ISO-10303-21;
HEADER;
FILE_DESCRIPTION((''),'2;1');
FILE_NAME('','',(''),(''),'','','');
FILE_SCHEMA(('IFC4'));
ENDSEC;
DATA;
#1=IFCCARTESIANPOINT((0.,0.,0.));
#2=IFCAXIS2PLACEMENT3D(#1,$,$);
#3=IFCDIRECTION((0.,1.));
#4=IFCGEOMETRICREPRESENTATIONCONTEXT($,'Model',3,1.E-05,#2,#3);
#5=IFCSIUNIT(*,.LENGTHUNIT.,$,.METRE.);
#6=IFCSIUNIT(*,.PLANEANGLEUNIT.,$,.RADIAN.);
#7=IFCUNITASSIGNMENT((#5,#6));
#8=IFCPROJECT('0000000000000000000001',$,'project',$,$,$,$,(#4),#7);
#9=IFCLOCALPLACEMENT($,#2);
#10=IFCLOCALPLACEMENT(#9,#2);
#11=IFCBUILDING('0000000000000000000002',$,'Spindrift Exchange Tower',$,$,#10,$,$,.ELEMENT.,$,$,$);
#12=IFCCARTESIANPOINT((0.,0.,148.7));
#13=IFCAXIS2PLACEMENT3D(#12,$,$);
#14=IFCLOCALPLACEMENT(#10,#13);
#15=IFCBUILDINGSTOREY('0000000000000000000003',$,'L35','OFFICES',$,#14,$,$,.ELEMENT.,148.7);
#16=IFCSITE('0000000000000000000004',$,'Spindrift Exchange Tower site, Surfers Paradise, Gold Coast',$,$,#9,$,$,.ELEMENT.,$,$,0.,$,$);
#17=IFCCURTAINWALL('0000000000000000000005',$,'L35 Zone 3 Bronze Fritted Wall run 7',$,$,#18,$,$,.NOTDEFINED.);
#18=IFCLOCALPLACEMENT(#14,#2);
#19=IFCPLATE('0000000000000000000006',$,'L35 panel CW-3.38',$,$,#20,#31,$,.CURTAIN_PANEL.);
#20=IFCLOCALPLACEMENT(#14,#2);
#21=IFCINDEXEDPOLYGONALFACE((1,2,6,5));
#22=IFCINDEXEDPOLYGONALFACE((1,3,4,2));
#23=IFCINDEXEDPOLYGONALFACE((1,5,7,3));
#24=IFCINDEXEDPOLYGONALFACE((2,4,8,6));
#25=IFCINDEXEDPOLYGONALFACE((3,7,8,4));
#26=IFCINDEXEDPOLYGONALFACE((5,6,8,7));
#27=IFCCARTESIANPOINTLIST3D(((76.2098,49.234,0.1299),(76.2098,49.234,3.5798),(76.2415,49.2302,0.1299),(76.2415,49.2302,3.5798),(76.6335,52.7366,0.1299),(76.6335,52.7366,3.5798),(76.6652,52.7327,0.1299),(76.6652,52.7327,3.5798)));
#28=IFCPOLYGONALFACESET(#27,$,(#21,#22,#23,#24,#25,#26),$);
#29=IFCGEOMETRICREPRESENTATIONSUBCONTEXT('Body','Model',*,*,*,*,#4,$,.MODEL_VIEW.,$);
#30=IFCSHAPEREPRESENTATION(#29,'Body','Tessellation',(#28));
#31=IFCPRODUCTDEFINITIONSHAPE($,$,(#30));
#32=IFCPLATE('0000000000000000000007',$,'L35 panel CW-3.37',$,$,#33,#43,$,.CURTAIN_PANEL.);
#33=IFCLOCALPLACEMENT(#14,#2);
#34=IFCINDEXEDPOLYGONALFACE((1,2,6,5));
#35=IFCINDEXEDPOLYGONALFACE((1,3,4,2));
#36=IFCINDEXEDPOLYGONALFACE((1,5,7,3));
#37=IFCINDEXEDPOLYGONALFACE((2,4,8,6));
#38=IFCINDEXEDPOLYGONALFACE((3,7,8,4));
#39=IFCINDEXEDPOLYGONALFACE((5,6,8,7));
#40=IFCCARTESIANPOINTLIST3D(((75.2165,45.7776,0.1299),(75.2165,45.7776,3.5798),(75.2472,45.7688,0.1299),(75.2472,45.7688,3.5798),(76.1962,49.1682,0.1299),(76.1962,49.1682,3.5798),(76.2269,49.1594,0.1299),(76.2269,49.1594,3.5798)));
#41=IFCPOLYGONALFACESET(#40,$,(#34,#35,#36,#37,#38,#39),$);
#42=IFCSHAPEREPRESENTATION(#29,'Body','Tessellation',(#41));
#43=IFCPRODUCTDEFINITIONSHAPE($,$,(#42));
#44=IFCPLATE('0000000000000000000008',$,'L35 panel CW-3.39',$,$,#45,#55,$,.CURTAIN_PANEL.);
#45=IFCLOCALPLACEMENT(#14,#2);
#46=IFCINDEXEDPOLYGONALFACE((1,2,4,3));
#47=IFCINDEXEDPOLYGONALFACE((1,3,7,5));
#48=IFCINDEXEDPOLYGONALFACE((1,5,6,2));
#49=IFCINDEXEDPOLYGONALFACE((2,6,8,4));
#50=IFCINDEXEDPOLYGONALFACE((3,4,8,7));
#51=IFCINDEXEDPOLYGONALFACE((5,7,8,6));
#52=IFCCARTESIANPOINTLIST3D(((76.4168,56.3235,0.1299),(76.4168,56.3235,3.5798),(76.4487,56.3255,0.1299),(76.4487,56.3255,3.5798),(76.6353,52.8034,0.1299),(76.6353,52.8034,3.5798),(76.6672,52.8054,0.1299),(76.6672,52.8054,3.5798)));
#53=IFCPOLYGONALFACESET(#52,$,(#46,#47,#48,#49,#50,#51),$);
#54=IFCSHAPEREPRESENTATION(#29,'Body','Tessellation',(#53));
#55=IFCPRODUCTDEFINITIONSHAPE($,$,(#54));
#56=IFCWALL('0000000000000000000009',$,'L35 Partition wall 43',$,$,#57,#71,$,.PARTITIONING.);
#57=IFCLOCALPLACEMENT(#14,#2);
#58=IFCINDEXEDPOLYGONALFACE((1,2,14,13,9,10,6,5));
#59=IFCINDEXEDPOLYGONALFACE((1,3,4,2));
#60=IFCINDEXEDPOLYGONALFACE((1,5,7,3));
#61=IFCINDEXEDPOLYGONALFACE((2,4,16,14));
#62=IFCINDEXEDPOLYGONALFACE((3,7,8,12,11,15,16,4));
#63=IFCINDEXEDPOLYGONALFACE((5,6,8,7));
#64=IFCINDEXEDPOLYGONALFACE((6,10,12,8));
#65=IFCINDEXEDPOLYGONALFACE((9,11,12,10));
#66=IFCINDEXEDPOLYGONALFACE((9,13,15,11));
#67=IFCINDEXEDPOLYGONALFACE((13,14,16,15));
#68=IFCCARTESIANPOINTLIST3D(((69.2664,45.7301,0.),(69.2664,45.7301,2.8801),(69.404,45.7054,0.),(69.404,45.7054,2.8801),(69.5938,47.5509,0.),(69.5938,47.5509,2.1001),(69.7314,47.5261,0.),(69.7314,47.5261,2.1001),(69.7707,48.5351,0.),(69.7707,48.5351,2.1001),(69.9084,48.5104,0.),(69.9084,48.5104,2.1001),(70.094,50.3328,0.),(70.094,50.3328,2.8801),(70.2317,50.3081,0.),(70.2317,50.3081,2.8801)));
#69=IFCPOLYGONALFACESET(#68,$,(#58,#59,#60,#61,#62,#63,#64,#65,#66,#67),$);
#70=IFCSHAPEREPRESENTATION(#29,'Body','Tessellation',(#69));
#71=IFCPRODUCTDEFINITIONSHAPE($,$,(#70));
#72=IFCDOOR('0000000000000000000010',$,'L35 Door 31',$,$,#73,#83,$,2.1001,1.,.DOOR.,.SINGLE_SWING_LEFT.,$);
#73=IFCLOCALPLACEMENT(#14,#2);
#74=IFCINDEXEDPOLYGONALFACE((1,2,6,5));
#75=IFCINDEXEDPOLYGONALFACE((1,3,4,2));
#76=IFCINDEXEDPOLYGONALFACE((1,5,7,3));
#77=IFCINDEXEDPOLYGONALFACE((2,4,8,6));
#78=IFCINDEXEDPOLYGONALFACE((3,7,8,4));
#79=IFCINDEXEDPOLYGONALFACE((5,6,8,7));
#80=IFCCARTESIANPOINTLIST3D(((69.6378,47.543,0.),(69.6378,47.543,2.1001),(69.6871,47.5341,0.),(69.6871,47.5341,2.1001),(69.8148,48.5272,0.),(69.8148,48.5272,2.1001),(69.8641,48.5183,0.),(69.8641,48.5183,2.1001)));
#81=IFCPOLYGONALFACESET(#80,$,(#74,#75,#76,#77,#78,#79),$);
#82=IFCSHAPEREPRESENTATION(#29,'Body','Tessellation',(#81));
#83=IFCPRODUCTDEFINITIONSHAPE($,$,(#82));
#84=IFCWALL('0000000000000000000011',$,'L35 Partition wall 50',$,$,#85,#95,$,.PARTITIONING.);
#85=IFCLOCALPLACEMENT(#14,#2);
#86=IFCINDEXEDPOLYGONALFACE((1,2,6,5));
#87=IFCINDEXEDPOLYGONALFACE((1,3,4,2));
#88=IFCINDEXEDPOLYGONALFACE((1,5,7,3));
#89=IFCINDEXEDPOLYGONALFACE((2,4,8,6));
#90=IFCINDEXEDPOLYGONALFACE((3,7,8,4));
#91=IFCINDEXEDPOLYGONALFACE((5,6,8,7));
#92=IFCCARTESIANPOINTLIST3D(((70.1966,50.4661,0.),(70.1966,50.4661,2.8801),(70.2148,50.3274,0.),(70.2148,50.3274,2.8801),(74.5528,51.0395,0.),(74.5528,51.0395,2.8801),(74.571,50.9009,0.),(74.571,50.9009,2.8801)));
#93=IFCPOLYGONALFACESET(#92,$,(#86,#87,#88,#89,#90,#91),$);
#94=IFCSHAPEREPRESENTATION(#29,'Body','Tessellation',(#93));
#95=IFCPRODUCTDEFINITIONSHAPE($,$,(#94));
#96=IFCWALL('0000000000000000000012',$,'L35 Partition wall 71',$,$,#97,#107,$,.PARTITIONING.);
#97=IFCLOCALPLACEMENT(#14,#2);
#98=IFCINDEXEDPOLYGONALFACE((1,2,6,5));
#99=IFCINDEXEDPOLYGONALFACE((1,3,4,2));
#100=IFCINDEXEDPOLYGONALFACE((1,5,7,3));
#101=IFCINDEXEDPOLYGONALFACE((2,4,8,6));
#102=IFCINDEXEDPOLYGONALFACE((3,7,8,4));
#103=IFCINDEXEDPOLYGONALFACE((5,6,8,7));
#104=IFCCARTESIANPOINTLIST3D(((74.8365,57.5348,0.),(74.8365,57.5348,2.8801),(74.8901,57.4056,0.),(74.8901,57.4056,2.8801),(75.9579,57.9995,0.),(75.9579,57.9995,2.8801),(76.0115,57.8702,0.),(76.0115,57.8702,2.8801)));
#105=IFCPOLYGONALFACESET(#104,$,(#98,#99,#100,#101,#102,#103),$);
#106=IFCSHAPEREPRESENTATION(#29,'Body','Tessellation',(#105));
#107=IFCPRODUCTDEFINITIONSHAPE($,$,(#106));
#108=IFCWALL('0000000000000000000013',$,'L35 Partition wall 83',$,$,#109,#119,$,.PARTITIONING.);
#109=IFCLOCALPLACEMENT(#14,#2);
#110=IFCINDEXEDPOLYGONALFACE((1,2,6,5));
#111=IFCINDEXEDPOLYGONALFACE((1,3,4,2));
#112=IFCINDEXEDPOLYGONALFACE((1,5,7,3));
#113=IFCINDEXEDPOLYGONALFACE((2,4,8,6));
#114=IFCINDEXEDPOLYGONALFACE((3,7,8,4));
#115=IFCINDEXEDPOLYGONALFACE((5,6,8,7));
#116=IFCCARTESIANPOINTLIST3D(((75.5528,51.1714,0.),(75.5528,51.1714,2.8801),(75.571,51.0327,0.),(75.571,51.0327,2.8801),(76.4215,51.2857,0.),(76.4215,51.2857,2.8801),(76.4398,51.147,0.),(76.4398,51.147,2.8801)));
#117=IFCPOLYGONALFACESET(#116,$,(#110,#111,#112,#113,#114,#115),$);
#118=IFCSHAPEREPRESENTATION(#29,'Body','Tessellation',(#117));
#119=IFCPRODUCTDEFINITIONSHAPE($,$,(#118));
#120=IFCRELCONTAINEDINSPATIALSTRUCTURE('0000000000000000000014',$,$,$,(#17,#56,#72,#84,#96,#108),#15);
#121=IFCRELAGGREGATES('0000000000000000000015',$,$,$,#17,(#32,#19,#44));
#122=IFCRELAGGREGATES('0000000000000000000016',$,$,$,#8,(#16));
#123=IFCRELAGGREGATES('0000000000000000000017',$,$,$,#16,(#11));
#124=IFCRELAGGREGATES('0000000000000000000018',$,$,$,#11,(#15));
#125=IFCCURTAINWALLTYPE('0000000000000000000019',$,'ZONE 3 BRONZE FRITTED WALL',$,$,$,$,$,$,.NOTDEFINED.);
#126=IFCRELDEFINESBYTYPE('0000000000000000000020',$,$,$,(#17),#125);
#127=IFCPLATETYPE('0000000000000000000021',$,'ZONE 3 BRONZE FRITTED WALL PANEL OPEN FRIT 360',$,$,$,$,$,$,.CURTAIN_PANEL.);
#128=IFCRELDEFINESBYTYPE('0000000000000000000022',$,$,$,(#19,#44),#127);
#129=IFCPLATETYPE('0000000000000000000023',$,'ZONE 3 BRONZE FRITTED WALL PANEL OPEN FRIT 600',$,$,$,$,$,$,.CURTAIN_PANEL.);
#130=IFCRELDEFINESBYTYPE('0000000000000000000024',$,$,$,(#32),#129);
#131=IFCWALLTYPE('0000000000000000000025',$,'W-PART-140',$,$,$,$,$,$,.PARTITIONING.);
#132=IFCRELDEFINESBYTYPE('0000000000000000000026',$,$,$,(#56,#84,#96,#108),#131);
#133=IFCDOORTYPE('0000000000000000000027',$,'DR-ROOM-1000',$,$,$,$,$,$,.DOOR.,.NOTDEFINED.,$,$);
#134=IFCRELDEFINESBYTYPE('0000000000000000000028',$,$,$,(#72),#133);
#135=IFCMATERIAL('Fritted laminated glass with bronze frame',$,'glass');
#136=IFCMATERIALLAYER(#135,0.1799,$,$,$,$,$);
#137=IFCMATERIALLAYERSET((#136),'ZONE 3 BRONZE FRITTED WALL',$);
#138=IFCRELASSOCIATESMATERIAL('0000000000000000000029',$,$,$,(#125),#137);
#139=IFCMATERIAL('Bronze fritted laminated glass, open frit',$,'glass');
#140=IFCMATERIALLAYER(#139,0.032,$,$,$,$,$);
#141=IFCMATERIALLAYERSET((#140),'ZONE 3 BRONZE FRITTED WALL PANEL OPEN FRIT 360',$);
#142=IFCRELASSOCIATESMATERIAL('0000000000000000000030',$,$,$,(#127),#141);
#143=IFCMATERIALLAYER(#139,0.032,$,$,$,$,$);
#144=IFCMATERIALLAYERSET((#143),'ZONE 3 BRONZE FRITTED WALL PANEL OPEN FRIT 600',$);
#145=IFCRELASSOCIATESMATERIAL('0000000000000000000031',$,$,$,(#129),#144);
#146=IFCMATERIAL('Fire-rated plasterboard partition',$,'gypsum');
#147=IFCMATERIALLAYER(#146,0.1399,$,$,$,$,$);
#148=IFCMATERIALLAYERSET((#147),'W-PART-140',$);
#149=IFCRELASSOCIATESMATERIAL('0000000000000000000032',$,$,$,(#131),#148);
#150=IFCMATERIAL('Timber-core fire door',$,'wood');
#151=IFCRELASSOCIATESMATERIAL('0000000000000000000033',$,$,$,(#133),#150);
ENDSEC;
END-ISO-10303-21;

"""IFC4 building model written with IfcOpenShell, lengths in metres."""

from ifc_helpers import new_model, si_unit, direction, frame, frame_2d, origin, origin_2d, place, context, subcontext, project, spatial, rectangle, extrude, source, transform, mapped, material, layer, layer_set, type_object, element, fill, aggregate, save


model = new_model("IFC4")

# Units and contexts
model_context = context("Model", 3, precision=1e-05, world=origin(), true_north=direction((0.0, 1.0)))
body_context = subcontext(model_context, "Body", "Model", "MODEL_VIEW")
ifc_project = project(units=[si_unit("LENGTHUNIT", "METRE"), si_unit("PLANEANGLEUNIT", "RADIAN")], contexts=[model_context])

# Site, building, storey
site_placement = place(None, origin())
site = spatial("IfcSite", under=ifc_project, at=site_placement, Name="Spindrift Exchange Tower site, Surfers Paradise, Gold Coast", CompositionType="ELEMENT", RefElevation=0.0)
building_placement = place(site_placement, origin())
building = spatial("IfcBuilding", under=site, at=building_placement, Name="Spindrift Exchange Tower", CompositionType="ELEMENT")
storey_placement = place(building_placement, frame((0.0, 0.0, 148.7)))
storey = spatial("IfcBuildingStorey", under=building, at=storey_placement, Name="L35", Description="OFFICES", CompositionType="ELEMENT", Elevation=148.7)

# Curtain wall, plates
ifc_material_1 = material(Name="Fritted laminated glass with bronze frame", Category="glass")
ifc_layer_1 = layer(ifc_material_1, 0.1799)
ifc_layer_set_1 = layer_set([ifc_layer_1], Name="ZONE 3 BRONZE FRITTED WALL")
curtain_wall_type = type_object("IfcCurtainWallType", Name="ZONE 3 BRONZE FRITTED WALL", PredefinedType="NOTDEFINED", material=ifc_layer_set_1)
curtain_wall_placement = place(storey_placement, origin())
curtain_wall = element("IfcCurtainWall", 1, at=curtain_wall_placement, inside=storey, type_object=curtain_wall_type, Name="L35 Zone 3 Bronze Fritted Wall run 7", PredefinedType="NOTDEFINED")
ifc_material_2 = material(Name="Bronze fritted laminated glass, open frit", Category="glass")
ifc_layer_2 = layer(ifc_material_2, 0.032)
ifc_layer_set_2 = layer_set([ifc_layer_2], Name="ZONE 3 BRONZE FRITTED WALL PANEL OPEN FRIT 360")
plate_type_1 = type_object("IfcPlateType", Name="ZONE 3 BRONZE FRITTED WALL PANEL OPEN FRIT 360", PredefinedType="CURTAIN_PANEL", material=ifc_layer_set_2)
shared_shape_1 = source(origin(), body_context, "Body", "SweptSolid", [
    extrude(rectangle(XDim=3.5281, YDim=0.032, at=origin_2d()), origin(), (0.0, 0.0, 1.0), 3.45),
])
plate_1_placement = place(storey_placement, frame((76.4375, 50.9834, 0.1299), z_axis=(0.0, 0.0, 1.0), x_axis=(0.12009, 0.992763, 0.0)))
plate_1 = element("IfcPlate", 2, at=plate_1_placement, type_object=plate_type_1, Name="L35 panel CW-3.38", PredefinedType="CURTAIN_PANEL", context=body_context, shape_type="MappedRepresentation", body=[
    mapped(shared_shape_1, transform((0.0, 0.0, 0.0), scale=1.0)),
])
ifc_layer_3 = layer(ifc_material_2, 0.032)
ifc_layer_set_3 = layer_set([ifc_layer_3], Name="ZONE 3 BRONZE FRITTED WALL PANEL OPEN FRIT 600")
plate_type_2 = type_object("IfcPlateType", Name="ZONE 3 BRONZE FRITTED WALL PANEL OPEN FRIT 600", PredefinedType="CURTAIN_PANEL", material=ifc_layer_set_3)
shared_shape_2 = source(origin(), body_context, "Body", "SweptSolid", [
    extrude(rectangle(XDim=3.5293, YDim=0.032, at=origin_2d()), origin(), (0.0, 0.0, 1.0), 3.45),
])
plate_2_placement = place(storey_placement, frame((75.7217, 47.4685, 0.1299), z_axis=(0.0, 0.0, 1.0), x_axis=(0.277593, 0.960699, 0.0)))
plate_2 = element("IfcPlate", 3, at=plate_2_placement, type_object=plate_type_2, Name="L35 panel CW-3.37", PredefinedType="CURTAIN_PANEL", context=body_context, shape_type="MappedRepresentation", body=[
    mapped(shared_shape_2, transform((0.0, 0.0, 0.0), scale=1.0)),
])
shared_shape_3 = source(origin(), body_context, "Body", "SweptSolid", [
    extrude(rectangle(XDim=3.5269, YDim=0.032, at=origin_2d()), origin(), (0.0, 0.0, 1.0), 3.45),
])
plate_3_placement = place(storey_placement, frame((76.542, 54.5645, 0.1299), z_axis=(0.0, 0.0, 1.0), x_axis=(-0.061942, 0.99808, 0.0)))
plate_3 = element("IfcPlate", 4, at=plate_3_placement, type_object=plate_type_1, Name="L35 panel CW-3.39", PredefinedType="CURTAIN_PANEL", context=body_context, shape_type="MappedRepresentation", body=[
    mapped(shared_shape_3, transform((0.0, 0.0, 0.0), scale=1.0)),
])
aggregate(curtain_wall, [plate_2, plate_1, plate_3])

# Wall, opening, door
ifc_material_3 = material(Name="Fire-rated plasterboard partition", Category="gypsum")
ifc_layer_4 = layer(ifc_material_3, 0.1399)
ifc_layer_set_4 = layer_set([ifc_layer_4], Name="W-PART-140")
wall_type = type_object("IfcWallType", Name="W-PART-140", PredefinedType="PARTITIONING", material=ifc_layer_set_4)
wall_1_placement = place(storey_placement, frame((70.1628, 50.3206, 0.0), z_axis=(0.0, 0.0, 1.0), x_axis=(-0.176974, -0.984216, 0.0)))
wall_1 = element("IfcWall", 5, at=wall_1_placement, inside=storey, type_object=wall_type, Name="L35 Partition wall 43", PredefinedType="PARTITIONING", context=body_context, shape_type="SweptSolid", body=[
    extrude(rectangle(XDim=4.6765, YDim=0.1399, at=frame_2d((2.3384, 0.0))), origin(), (0.0, 0.0, 1.0), 2.8801),
])
opening_placement = place(wall_1_placement, frame((1.8267, 0.0, 0.0)))
opening = element("IfcOpeningElement", 6, at=opening_placement, cuts=wall_1, PredefinedType="OPENING", context=body_context, shape_type="SweptSolid", body=[
    extrude(rectangle(XDim=1.0, YDim=2.1001, at=frame_2d((0.5, 1.05))), frame((0.0, 0.0798, 0.0), z_axis=(0.0, -1.0, 0.0), x_axis=(1.0, 0.0, 0.0)), (0.0, 0.0, 1.0), 0.1599),
])
ifc_material_4 = material(Name="Timber-core fire door", Category="wood")
door_type = type_object("IfcDoorType", Name="DR-ROOM-1000", OperationType="NOTDEFINED", PredefinedType="DOOR", material=ifc_material_4)
shared_shape_4 = source(origin(), body_context, "Body", "SweptSolid", [
    extrude(rectangle(XDim=1.0, YDim=2.1001, at=frame_2d((0.5, 1.05))), frame((0.0, 0.0249, 0.0), z_axis=(0.0, -1.0, 0.0), x_axis=(1.0, 0.0, 0.0)), (0.0, 0.0, 1.0), 0.05),
])
door_placement = place(opening_placement, origin())
door = element("IfcDoor", 7, at=door_placement, inside=storey, type_object=door_type, Name="L35 Door 31", OperationType="SINGLE_SWING_LEFT", OverallHeight=2.1001, OverallWidth=1.0, PredefinedType="DOOR", context=body_context, shape_type="MappedRepresentation", body=[
    mapped(shared_shape_4, transform((0.0, 0.0, 0.0), scale=1.0)),
])
fill(opening, door)

# Walls
wall_2_placement = place(storey_placement, frame((70.2058, 50.3967, 0.0), z_axis=(0.0, 0.0, 1.0), x_axis=(0.991445, 0.130522, 0.0)))
element("IfcWall", 8, at=wall_2_placement, inside=storey, type_object=wall_type, Name="L35 Partition wall 50", PredefinedType="PARTITIONING", context=body_context, shape_type="SweptSolid", body=[
    extrude(rectangle(XDim=4.3938, YDim=0.1399, at=frame_2d((2.1968, 0.0))), origin(), (0.0, 0.0, 1.0), 2.8801),
])
wall_3_placement = place(storey_placement, frame((74.8633, 57.4702, 0.0), z_axis=(0.0, 0.0, 1.0), x_axis=(0.923843, 0.382772, 0.0)))
element("IfcWall", 9, at=wall_3_placement, inside=storey, type_object=wall_type, Name="L35 Partition wall 71", PredefinedType="PARTITIONING", context=body_context, shape_type="SweptSolid", body=[
    extrude(rectangle(XDim=1.2139, YDim=0.1399, at=frame_2d((0.6069, 0.0))), origin(), (0.0, 0.0, 1.0), 2.8801),
])
wall_4_placement = place(storey_placement, frame((75.562, 51.1021, 0.0), z_axis=(0.0, 0.0, 1.0), x_axis=(0.99146, 0.130411, 0.0)))
element("IfcWall", 10, at=wall_4_placement, inside=storey, type_object=wall_type, Name="L35 Partition wall 83", PredefinedType="PARTITIONING", context=body_context, shape_type="SweptSolid", body=[
    extrude(rectangle(XDim=0.8762, YDim=0.1399, at=frame_2d((0.438, 0.0))), origin(), (0.0, 0.0, 1.0), 2.8801),
])

save(model, "model.ifc")
